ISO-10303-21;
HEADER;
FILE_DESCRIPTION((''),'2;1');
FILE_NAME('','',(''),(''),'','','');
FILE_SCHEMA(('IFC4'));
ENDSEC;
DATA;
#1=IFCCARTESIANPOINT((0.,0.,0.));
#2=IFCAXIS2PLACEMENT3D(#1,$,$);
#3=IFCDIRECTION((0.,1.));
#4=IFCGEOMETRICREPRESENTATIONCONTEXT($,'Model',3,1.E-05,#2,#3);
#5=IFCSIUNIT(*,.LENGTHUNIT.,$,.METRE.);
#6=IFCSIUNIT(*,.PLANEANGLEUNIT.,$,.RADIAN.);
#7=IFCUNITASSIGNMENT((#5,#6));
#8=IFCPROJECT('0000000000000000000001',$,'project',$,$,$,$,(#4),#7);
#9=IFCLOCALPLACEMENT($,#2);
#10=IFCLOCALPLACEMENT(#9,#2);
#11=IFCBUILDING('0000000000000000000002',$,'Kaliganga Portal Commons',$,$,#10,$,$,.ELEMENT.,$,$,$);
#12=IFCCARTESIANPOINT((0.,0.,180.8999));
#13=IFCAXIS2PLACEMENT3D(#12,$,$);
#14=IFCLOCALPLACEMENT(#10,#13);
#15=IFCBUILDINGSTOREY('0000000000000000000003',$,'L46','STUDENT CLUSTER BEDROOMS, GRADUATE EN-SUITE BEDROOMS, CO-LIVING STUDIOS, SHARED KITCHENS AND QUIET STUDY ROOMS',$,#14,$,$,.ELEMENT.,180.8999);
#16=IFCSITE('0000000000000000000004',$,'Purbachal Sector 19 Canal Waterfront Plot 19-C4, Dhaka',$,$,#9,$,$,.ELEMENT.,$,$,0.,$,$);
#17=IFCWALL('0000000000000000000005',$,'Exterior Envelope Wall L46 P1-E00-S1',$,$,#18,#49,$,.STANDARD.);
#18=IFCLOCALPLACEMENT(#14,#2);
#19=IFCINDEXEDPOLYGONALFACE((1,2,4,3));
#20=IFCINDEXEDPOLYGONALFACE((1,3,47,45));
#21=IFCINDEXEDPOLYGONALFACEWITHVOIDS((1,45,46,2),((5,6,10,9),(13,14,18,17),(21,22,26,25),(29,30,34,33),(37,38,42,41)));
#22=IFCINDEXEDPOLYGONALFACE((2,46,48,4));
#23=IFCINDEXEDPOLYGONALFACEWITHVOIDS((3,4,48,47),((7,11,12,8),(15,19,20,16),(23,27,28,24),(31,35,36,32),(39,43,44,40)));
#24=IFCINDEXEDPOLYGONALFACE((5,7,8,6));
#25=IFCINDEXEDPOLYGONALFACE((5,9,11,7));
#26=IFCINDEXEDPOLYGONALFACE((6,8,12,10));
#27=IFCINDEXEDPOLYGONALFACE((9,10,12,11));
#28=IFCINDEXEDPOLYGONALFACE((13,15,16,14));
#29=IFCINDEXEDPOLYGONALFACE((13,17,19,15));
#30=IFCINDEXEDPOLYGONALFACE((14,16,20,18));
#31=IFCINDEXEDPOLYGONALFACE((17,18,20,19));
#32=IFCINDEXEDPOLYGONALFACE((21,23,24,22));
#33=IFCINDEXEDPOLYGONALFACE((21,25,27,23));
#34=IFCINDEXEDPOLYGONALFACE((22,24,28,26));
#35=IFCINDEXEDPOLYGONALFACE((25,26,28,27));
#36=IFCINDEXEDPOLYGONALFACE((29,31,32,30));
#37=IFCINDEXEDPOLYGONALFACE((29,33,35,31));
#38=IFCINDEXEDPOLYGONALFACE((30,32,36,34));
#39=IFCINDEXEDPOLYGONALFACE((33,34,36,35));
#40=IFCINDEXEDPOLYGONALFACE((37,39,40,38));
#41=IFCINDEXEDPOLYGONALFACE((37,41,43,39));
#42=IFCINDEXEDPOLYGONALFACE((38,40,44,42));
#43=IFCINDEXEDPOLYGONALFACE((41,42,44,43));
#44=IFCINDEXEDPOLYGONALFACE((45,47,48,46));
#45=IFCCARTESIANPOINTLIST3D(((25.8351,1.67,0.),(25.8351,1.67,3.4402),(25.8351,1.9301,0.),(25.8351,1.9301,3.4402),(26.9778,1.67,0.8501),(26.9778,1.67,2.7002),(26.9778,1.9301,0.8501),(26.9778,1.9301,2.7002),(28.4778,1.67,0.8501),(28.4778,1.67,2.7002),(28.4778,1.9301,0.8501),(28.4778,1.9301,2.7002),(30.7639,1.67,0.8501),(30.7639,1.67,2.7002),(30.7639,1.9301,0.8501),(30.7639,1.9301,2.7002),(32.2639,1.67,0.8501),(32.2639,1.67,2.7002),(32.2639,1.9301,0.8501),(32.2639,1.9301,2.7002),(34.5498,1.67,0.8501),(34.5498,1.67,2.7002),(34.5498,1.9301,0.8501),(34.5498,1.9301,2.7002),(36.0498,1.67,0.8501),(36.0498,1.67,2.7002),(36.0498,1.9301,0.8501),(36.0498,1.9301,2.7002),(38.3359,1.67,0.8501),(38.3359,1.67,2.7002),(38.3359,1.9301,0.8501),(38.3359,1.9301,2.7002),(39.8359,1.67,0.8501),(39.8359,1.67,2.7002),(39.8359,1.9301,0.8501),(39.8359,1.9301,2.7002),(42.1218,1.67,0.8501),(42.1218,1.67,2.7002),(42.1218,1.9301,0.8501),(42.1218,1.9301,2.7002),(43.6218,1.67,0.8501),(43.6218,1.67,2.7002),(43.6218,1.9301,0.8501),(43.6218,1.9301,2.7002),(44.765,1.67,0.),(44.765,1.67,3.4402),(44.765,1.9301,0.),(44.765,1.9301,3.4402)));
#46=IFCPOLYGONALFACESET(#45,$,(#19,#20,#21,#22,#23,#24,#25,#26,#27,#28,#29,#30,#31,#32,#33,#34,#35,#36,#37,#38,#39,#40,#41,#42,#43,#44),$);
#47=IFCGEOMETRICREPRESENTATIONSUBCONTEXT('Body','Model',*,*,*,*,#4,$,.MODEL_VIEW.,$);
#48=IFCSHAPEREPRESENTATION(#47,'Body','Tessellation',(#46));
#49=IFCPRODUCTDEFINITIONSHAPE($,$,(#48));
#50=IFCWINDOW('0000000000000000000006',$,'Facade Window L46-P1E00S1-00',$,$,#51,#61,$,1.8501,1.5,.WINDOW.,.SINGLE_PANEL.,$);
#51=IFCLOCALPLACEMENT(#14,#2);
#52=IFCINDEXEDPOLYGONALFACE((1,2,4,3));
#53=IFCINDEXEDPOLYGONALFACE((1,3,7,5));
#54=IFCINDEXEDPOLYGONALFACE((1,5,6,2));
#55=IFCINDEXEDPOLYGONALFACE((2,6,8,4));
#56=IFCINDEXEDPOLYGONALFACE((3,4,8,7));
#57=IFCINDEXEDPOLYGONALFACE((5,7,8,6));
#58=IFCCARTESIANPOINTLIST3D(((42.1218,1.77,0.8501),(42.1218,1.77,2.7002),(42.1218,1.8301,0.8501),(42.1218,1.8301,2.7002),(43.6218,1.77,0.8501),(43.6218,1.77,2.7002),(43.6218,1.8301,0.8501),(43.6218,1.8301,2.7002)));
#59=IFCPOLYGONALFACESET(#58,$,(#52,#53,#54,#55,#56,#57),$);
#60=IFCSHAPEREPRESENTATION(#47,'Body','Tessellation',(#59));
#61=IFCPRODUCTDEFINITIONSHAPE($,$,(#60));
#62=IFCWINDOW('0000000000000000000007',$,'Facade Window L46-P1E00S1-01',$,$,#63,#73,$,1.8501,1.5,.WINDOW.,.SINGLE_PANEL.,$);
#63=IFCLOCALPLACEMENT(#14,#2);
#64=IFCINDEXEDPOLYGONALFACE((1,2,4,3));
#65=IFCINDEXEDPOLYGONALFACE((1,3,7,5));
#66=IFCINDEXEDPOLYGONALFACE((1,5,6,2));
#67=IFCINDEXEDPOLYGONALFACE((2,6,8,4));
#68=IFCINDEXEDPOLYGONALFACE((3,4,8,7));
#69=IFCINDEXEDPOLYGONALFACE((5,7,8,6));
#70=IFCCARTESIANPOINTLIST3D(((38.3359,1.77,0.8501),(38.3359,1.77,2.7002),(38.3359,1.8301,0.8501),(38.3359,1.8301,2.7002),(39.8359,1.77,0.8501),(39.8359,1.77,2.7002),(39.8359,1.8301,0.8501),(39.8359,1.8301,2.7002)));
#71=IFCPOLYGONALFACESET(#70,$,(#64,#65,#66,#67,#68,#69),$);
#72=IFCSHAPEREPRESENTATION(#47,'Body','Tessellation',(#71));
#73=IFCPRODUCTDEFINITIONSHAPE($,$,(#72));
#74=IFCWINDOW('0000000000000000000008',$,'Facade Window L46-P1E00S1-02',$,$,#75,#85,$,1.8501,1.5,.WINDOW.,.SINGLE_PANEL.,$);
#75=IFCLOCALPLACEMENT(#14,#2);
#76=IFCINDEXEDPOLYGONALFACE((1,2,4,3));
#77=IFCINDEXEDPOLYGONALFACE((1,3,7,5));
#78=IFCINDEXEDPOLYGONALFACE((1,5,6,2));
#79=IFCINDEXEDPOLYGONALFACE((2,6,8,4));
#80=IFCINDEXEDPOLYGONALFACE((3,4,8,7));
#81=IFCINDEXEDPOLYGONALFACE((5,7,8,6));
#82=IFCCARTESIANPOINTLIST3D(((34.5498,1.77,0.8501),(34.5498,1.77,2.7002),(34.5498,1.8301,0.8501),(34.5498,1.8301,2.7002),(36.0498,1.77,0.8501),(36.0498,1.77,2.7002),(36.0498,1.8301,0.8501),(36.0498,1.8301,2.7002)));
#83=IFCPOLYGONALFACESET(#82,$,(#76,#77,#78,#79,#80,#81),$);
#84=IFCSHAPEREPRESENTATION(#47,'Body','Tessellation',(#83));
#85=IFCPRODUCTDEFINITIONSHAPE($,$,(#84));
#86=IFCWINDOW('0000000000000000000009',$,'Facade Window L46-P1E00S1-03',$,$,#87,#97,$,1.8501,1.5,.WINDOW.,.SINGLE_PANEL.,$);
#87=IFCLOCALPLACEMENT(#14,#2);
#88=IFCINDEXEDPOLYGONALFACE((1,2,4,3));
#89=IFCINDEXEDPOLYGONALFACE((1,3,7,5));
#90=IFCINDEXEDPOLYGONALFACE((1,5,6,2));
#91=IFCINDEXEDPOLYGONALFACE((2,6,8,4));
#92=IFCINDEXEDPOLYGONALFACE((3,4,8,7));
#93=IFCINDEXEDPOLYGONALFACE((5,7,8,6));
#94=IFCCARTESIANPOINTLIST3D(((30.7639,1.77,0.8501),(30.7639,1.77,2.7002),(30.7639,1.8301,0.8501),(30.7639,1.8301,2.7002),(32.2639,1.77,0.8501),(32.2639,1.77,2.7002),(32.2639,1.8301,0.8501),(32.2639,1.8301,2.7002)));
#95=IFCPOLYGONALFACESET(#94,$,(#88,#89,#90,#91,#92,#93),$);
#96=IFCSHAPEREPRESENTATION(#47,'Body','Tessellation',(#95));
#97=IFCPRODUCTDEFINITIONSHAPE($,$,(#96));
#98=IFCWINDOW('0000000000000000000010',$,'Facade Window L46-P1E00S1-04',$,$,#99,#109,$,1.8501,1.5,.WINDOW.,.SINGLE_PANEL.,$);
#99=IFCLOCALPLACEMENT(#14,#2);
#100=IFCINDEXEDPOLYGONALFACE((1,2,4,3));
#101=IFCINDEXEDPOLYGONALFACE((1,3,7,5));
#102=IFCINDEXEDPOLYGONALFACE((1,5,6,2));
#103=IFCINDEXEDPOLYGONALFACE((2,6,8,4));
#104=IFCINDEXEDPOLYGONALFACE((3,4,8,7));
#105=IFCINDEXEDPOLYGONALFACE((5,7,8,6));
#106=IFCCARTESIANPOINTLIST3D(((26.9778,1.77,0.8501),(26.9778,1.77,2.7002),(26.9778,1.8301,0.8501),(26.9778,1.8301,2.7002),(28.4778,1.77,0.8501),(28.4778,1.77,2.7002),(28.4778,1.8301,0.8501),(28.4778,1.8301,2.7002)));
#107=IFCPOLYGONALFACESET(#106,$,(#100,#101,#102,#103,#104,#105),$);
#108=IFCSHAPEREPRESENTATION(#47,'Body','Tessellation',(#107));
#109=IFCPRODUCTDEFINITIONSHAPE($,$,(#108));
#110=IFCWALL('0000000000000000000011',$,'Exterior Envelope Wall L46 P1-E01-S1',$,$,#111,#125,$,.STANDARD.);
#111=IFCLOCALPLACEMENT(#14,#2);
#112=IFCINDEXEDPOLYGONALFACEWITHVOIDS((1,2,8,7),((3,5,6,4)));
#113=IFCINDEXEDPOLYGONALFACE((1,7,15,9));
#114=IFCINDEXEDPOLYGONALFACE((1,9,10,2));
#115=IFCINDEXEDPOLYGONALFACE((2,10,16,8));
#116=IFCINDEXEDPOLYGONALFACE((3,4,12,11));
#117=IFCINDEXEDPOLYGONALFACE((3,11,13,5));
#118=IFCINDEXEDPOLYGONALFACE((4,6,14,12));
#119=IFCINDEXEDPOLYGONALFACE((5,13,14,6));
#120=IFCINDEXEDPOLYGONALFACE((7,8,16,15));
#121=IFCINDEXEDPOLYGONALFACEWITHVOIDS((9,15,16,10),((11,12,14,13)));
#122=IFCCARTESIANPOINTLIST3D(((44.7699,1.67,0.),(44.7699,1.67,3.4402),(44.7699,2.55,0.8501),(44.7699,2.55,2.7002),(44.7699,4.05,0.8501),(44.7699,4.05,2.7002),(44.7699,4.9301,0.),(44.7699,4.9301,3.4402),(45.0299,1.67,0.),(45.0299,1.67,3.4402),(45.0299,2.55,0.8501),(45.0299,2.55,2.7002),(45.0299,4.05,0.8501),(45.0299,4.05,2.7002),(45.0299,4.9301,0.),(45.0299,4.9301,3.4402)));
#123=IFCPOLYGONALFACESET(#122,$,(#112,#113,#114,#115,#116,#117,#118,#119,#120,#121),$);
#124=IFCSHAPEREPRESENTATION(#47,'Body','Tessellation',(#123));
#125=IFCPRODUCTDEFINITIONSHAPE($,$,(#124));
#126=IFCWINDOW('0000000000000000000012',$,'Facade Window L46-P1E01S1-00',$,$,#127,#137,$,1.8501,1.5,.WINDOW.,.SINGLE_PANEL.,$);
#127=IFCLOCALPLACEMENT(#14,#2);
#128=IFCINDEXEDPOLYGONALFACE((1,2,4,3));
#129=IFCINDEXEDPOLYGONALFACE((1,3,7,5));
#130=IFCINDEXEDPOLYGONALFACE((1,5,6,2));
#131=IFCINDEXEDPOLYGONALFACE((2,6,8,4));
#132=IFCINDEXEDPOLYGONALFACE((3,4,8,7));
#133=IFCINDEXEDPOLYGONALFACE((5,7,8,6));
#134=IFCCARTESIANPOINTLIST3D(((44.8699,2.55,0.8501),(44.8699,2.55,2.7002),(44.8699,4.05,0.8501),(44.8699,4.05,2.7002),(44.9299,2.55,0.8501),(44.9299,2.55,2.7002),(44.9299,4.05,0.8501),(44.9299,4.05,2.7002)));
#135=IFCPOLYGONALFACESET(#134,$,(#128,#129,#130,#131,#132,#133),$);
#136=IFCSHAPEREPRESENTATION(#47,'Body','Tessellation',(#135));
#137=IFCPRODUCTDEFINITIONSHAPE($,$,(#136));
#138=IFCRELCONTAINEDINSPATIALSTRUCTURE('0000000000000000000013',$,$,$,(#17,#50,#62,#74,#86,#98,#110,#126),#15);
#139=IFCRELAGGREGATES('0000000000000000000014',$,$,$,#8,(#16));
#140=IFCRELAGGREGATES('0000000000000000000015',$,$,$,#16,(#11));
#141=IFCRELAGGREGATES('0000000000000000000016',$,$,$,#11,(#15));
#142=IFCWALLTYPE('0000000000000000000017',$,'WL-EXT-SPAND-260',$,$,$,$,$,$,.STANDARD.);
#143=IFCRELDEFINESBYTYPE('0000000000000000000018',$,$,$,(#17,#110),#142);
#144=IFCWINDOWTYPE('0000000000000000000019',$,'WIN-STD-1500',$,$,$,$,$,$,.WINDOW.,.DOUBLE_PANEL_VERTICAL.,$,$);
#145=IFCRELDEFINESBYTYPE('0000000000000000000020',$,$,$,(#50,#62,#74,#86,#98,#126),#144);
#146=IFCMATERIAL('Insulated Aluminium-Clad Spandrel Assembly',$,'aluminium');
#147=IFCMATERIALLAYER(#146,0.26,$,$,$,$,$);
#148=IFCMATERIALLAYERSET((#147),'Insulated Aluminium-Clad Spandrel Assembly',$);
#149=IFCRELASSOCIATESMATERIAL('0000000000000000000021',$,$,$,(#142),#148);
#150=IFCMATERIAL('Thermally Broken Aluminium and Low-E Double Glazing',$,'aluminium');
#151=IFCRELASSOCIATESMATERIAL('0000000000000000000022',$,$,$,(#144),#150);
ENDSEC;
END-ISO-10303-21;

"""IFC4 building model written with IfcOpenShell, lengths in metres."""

from ifc_helpers import new_model, si_unit, direction, frame, frame_2d, origin, place, context, subcontext, project, spatial, rectangle, extrude, material, layer, layer_set, type_object, element, fill, save


model = new_model("IFC4")

# Units and contexts
model_context = context("Model", 3, precision=1e-05, world=origin(), true_north=direction((0.0, 1.0)))
body_context = subcontext(model_context, "Body", "Model", "MODEL_VIEW")
ifc_project = project(units=[si_unit("LENGTHUNIT", "METRE"), si_unit("PLANEANGLEUNIT", "RADIAN")], contexts=[model_context])

# Site, building, storey
site_placement = place(None, origin())
site = spatial("IfcSite", under=ifc_project, at=site_placement, Name="Purbachal Sector 19 Canal Waterfront Plot 19-C4, Dhaka", CompositionType="ELEMENT", RefElevation=0.0)
building_placement = place(site_placement, origin())
building = spatial("IfcBuilding", under=site, at=building_placement, Name="Kaliganga Portal Commons", CompositionType="ELEMENT")
storey_placement = place(building_placement, frame((0.0, 0.0, 180.8999)))
storey = spatial("IfcBuildingStorey", under=building, at=storey_placement, Name="L46", Description="STUDENT CLUSTER BEDROOMS, GRADUATE EN-SUITE BEDROOMS, CO-LIVING STUDIOS, SHARED KITCHENS AND QUIET STUDY ROOMS", CompositionType="ELEMENT", Elevation=180.8999)

# Wall, openings, windows
ifc_material_1 = material(Name="Insulated Aluminium-Clad Spandrel Assembly", Category="aluminium")
ifc_layer_1 = layer(ifc_material_1, 0.26)
ifc_layer_set_1 = layer_set([ifc_layer_1], Name="Insulated Aluminium-Clad Spandrel Assembly")
wall_type_1 = type_object("IfcWallType", Name="WL-EXT-SPAND-260", PredefinedType="STANDARD", material=ifc_layer_set_1)
wall_1_placement = place(storey_placement, frame((44.7649, 1.8, 0.0), z_axis=(0.0, 0.0, 1.0), x_axis=(-1.0, 0.0, 0.0)))
wall_1 = element("IfcWall", 1, at=wall_1_placement, inside=storey, type_object=wall_type_1, Name="Exterior Envelope Wall L46 P1-E00-S1", PredefinedType="STANDARD", context=body_context, shape_type="SweptSolid", body=[
    extrude(rectangle(XDim=18.9299, YDim=0.26, at=frame_2d((9.4648, 0.0))), origin(), (0.0, 0.0, 1.0), 3.4402),
])
opening_1_placement = place(wall_1_placement, frame((1.1431, 0.0, 0.8501)))
opening_1 = element("IfcOpeningElement", 2, at=opening_1_placement, cuts=wall_1, PredefinedType="OPENING", context=body_context, shape_type="SweptSolid", body=[
    extrude(rectangle(XDim=1.5, YDim=1.8501, at=frame_2d((0.75, 0.925))), frame((0.0, 0.1401, 0.0), z_axis=(0.0, -1.0, 0.0), x_axis=(1.0, 0.0, 0.0)), (0.0, 0.0, 1.0), 0.28),
])
opening_2_placement = place(wall_1_placement, frame((4.929, 0.0, 0.8501)))
opening_2 = element("IfcOpeningElement", 3, at=opening_2_placement, cuts=wall_1, PredefinedType="OPENING", context=body_context, shape_type="SweptSolid", body=[
    extrude(rectangle(XDim=1.5, YDim=1.8501, at=frame_2d((0.75, 0.925))), frame((0.0, 0.1401, 0.0), z_axis=(0.0, -1.0, 0.0), x_axis=(1.0, 0.0, 0.0)), (0.0, 0.0, 1.0), 0.28),
])
opening_3_placement = place(wall_1_placement, frame((8.7151, 0.0, 0.8501)))
opening_3 = element("IfcOpeningElement", 4, at=opening_3_placement, cuts=wall_1, PredefinedType="OPENING", context=body_context, shape_type="SweptSolid", body=[
    extrude(rectangle(XDim=1.5, YDim=1.8501, at=frame_2d((0.75, 0.925))), frame((0.0, 0.1401, 0.0), z_axis=(0.0, -1.0, 0.0), x_axis=(1.0, 0.0, 0.0)), (0.0, 0.0, 1.0), 0.28),
])
opening_4_placement = place(wall_1_placement, frame((12.501, 0.0, 0.8501)))
opening_4 = element("IfcOpeningElement", 5, at=opening_4_placement, cuts=wall_1, PredefinedType="OPENING", context=body_context, shape_type="SweptSolid", body=[
    extrude(rectangle(XDim=1.5, YDim=1.8501, at=frame_2d((0.75, 0.925))), frame((0.0, 0.1401, 0.0), z_axis=(0.0, -1.0, 0.0), x_axis=(1.0, 0.0, 0.0)), (0.0, 0.0, 1.0), 0.28),
])
opening_5_placement = place(wall_1_placement, frame((16.2871, 0.0, 0.8501)))
opening_5 = element("IfcOpeningElement", 6, at=opening_5_placement, cuts=wall_1, PredefinedType="OPENING", context=body_context, shape_type="SweptSolid", body=[
    extrude(rectangle(XDim=1.5, YDim=1.8501, at=frame_2d((0.75, 0.925))), frame((0.0, 0.1401, 0.0), z_axis=(0.0, -1.0, 0.0), x_axis=(1.0, 0.0, 0.0)), (0.0, 0.0, 1.0), 0.28),
])
ifc_material_2 = material(Name="Thermally Broken Aluminium and Low-E Double Glazing", Category="aluminium")
window_type = type_object("IfcWindowType", Name="WIN-STD-1500", PartitioningType="DOUBLE_PANEL_VERTICAL", PredefinedType="WINDOW", material=ifc_material_2)
window_1_placement = place(opening_1_placement, origin())
window_1 = element("IfcWindow", 7, at=window_1_placement, inside=storey, type_object=window_type, Name="Facade Window L46-P1E00S1-00", OverallHeight=1.8501, OverallWidth=1.5, PartitioningType="SINGLE_PANEL", PredefinedType="WINDOW", context=body_context, shape_type="SweptSolid", body=[
    extrude(rectangle(XDim=1.5, YDim=1.8501, at=frame_2d((0.75, 0.925))), frame((0.0, 0.03, 0.0), z_axis=(0.0, -1.0, 0.0), x_axis=(1.0, 0.0, 0.0)), (0.0, 0.0, 1.0), 0.0601),
])
fill(opening_1, window_1)
window_2_placement = place(opening_2_placement, origin())
window_2 = element("IfcWindow", 8, at=window_2_placement, inside=storey, type_object=window_type, Name="Facade Window L46-P1E00S1-01", OverallHeight=1.8501, OverallWidth=1.5, PartitioningType="SINGLE_PANEL", PredefinedType="WINDOW", context=body_context, shape_type="SweptSolid", body=[
    extrude(rectangle(XDim=1.5, YDim=1.8501, at=frame_2d((0.75, 0.925))), frame((0.0, 0.03, 0.0), z_axis=(0.0, -1.0, 0.0), x_axis=(1.0, 0.0, 0.0)), (0.0, 0.0, 1.0), 0.0601),
])
fill(opening_2, window_2)
window_3_placement = place(opening_3_placement, origin())
window_3 = element("IfcWindow", 9, at=window_3_placement, inside=storey, type_object=window_type, Name="Facade Window L46-P1E00S1-02", OverallHeight=1.8501, OverallWidth=1.5, PartitioningType="SINGLE_PANEL", PredefinedType="WINDOW", context=body_context, shape_type="SweptSolid", body=[
    extrude(rectangle(XDim=1.5, YDim=1.8501, at=frame_2d((0.75, 0.925))), frame((0.0, 0.03, 0.0), z_axis=(0.0, -1.0, 0.0), x_axis=(1.0, 0.0, 0.0)), (0.0, 0.0, 1.0), 0.0601),
])
fill(opening_3, window_3)
window_4_placement = place(opening_4_placement, origin())
window_4 = element("IfcWindow", 10, at=window_4_placement, inside=storey, type_object=window_type, Name="Facade Window L46-P1E00S1-03", OverallHeight=1.8501, OverallWidth=1.5, PartitioningType="SINGLE_PANEL", PredefinedType="WINDOW", context=body_context, shape_type="SweptSolid", body=[
    extrude(rectangle(XDim=1.5, YDim=1.8501, at=frame_2d((0.75, 0.925))), frame((0.0, 0.03, 0.0), z_axis=(0.0, -1.0, 0.0), x_axis=(1.0, 0.0, 0.0)), (0.0, 0.0, 1.0), 0.0601),
])
fill(opening_4, window_4)
window_5_placement = place(opening_5_placement, origin())
window_5 = element("IfcWindow", 11, at=window_5_placement, inside=storey, type_object=window_type, Name="Facade Window L46-P1E00S1-04", OverallHeight=1.8501, OverallWidth=1.5, PartitioningType="SINGLE_PANEL", PredefinedType="WINDOW", context=body_context, shape_type="SweptSolid", body=[
    extrude(rectangle(XDim=1.5, YDim=1.8501, at=frame_2d((0.75, 0.925))), frame((0.0, 0.03, 0.0), z_axis=(0.0, -1.0, 0.0), x_axis=(1.0, 0.0, 0.0)), (0.0, 0.0, 1.0), 0.0601),
])
fill(opening_5, window_5)

# Wall, opening, window
wall_2_placement = place(storey_placement, frame((44.8999, 4.9299, 0.0), z_axis=(0.0, 0.0, 1.0), x_axis=(0.0, -1.0, 0.0)))
wall_2 = element("IfcWall", 12, at=wall_2_placement, inside=storey, type_object=wall_type_1, Name="Exterior Envelope Wall L46 P1-E01-S1", PredefinedType="STANDARD", context=body_context, shape_type="SweptSolid", body=[
    extrude(rectangle(XDim=3.26, YDim=0.26, at=frame_2d((1.6299, 0.0))), origin(), (0.0, 0.0, 1.0), 3.4402),
])
opening_6_placement = place(wall_2_placement, frame((0.8799, 0.0, 0.8501)))
opening_6 = element("IfcOpeningElement", 13, at=opening_6_placement, cuts=wall_2, PredefinedType="OPENING", context=body_context, shape_type="SweptSolid", body=[
    extrude(rectangle(XDim=1.5, YDim=1.8501, at=frame_2d((0.75, 0.925))), frame((0.0, 0.1401, 0.0), z_axis=(0.0, -1.0, 0.0), x_axis=(1.0, 0.0, 0.0)), (0.0, 0.0, 1.0), 0.28),
])
window_6_placement = place(opening_6_placement, origin())
window_6 = element("IfcWindow", 14, at=window_6_placement, inside=storey, type_object=window_type, Name="Facade Window L46-P1E01S1-00", OverallHeight=1.8501, OverallWidth=1.5, PartitioningType="SINGLE_PANEL", PredefinedType="WINDOW", context=body_context, shape_type="SweptSolid", body=[
    extrude(rectangle(XDim=1.5, YDim=1.8501, at=frame_2d((0.75, 0.925))), frame((0.0, 0.03, 0.0), z_axis=(0.0, -1.0, 0.0), x_axis=(1.0, 0.0, 0.0)), (0.0, 0.0, 1.0), 0.0601),
])
fill(opening_6, window_6)

save(model, "model.ifc")
